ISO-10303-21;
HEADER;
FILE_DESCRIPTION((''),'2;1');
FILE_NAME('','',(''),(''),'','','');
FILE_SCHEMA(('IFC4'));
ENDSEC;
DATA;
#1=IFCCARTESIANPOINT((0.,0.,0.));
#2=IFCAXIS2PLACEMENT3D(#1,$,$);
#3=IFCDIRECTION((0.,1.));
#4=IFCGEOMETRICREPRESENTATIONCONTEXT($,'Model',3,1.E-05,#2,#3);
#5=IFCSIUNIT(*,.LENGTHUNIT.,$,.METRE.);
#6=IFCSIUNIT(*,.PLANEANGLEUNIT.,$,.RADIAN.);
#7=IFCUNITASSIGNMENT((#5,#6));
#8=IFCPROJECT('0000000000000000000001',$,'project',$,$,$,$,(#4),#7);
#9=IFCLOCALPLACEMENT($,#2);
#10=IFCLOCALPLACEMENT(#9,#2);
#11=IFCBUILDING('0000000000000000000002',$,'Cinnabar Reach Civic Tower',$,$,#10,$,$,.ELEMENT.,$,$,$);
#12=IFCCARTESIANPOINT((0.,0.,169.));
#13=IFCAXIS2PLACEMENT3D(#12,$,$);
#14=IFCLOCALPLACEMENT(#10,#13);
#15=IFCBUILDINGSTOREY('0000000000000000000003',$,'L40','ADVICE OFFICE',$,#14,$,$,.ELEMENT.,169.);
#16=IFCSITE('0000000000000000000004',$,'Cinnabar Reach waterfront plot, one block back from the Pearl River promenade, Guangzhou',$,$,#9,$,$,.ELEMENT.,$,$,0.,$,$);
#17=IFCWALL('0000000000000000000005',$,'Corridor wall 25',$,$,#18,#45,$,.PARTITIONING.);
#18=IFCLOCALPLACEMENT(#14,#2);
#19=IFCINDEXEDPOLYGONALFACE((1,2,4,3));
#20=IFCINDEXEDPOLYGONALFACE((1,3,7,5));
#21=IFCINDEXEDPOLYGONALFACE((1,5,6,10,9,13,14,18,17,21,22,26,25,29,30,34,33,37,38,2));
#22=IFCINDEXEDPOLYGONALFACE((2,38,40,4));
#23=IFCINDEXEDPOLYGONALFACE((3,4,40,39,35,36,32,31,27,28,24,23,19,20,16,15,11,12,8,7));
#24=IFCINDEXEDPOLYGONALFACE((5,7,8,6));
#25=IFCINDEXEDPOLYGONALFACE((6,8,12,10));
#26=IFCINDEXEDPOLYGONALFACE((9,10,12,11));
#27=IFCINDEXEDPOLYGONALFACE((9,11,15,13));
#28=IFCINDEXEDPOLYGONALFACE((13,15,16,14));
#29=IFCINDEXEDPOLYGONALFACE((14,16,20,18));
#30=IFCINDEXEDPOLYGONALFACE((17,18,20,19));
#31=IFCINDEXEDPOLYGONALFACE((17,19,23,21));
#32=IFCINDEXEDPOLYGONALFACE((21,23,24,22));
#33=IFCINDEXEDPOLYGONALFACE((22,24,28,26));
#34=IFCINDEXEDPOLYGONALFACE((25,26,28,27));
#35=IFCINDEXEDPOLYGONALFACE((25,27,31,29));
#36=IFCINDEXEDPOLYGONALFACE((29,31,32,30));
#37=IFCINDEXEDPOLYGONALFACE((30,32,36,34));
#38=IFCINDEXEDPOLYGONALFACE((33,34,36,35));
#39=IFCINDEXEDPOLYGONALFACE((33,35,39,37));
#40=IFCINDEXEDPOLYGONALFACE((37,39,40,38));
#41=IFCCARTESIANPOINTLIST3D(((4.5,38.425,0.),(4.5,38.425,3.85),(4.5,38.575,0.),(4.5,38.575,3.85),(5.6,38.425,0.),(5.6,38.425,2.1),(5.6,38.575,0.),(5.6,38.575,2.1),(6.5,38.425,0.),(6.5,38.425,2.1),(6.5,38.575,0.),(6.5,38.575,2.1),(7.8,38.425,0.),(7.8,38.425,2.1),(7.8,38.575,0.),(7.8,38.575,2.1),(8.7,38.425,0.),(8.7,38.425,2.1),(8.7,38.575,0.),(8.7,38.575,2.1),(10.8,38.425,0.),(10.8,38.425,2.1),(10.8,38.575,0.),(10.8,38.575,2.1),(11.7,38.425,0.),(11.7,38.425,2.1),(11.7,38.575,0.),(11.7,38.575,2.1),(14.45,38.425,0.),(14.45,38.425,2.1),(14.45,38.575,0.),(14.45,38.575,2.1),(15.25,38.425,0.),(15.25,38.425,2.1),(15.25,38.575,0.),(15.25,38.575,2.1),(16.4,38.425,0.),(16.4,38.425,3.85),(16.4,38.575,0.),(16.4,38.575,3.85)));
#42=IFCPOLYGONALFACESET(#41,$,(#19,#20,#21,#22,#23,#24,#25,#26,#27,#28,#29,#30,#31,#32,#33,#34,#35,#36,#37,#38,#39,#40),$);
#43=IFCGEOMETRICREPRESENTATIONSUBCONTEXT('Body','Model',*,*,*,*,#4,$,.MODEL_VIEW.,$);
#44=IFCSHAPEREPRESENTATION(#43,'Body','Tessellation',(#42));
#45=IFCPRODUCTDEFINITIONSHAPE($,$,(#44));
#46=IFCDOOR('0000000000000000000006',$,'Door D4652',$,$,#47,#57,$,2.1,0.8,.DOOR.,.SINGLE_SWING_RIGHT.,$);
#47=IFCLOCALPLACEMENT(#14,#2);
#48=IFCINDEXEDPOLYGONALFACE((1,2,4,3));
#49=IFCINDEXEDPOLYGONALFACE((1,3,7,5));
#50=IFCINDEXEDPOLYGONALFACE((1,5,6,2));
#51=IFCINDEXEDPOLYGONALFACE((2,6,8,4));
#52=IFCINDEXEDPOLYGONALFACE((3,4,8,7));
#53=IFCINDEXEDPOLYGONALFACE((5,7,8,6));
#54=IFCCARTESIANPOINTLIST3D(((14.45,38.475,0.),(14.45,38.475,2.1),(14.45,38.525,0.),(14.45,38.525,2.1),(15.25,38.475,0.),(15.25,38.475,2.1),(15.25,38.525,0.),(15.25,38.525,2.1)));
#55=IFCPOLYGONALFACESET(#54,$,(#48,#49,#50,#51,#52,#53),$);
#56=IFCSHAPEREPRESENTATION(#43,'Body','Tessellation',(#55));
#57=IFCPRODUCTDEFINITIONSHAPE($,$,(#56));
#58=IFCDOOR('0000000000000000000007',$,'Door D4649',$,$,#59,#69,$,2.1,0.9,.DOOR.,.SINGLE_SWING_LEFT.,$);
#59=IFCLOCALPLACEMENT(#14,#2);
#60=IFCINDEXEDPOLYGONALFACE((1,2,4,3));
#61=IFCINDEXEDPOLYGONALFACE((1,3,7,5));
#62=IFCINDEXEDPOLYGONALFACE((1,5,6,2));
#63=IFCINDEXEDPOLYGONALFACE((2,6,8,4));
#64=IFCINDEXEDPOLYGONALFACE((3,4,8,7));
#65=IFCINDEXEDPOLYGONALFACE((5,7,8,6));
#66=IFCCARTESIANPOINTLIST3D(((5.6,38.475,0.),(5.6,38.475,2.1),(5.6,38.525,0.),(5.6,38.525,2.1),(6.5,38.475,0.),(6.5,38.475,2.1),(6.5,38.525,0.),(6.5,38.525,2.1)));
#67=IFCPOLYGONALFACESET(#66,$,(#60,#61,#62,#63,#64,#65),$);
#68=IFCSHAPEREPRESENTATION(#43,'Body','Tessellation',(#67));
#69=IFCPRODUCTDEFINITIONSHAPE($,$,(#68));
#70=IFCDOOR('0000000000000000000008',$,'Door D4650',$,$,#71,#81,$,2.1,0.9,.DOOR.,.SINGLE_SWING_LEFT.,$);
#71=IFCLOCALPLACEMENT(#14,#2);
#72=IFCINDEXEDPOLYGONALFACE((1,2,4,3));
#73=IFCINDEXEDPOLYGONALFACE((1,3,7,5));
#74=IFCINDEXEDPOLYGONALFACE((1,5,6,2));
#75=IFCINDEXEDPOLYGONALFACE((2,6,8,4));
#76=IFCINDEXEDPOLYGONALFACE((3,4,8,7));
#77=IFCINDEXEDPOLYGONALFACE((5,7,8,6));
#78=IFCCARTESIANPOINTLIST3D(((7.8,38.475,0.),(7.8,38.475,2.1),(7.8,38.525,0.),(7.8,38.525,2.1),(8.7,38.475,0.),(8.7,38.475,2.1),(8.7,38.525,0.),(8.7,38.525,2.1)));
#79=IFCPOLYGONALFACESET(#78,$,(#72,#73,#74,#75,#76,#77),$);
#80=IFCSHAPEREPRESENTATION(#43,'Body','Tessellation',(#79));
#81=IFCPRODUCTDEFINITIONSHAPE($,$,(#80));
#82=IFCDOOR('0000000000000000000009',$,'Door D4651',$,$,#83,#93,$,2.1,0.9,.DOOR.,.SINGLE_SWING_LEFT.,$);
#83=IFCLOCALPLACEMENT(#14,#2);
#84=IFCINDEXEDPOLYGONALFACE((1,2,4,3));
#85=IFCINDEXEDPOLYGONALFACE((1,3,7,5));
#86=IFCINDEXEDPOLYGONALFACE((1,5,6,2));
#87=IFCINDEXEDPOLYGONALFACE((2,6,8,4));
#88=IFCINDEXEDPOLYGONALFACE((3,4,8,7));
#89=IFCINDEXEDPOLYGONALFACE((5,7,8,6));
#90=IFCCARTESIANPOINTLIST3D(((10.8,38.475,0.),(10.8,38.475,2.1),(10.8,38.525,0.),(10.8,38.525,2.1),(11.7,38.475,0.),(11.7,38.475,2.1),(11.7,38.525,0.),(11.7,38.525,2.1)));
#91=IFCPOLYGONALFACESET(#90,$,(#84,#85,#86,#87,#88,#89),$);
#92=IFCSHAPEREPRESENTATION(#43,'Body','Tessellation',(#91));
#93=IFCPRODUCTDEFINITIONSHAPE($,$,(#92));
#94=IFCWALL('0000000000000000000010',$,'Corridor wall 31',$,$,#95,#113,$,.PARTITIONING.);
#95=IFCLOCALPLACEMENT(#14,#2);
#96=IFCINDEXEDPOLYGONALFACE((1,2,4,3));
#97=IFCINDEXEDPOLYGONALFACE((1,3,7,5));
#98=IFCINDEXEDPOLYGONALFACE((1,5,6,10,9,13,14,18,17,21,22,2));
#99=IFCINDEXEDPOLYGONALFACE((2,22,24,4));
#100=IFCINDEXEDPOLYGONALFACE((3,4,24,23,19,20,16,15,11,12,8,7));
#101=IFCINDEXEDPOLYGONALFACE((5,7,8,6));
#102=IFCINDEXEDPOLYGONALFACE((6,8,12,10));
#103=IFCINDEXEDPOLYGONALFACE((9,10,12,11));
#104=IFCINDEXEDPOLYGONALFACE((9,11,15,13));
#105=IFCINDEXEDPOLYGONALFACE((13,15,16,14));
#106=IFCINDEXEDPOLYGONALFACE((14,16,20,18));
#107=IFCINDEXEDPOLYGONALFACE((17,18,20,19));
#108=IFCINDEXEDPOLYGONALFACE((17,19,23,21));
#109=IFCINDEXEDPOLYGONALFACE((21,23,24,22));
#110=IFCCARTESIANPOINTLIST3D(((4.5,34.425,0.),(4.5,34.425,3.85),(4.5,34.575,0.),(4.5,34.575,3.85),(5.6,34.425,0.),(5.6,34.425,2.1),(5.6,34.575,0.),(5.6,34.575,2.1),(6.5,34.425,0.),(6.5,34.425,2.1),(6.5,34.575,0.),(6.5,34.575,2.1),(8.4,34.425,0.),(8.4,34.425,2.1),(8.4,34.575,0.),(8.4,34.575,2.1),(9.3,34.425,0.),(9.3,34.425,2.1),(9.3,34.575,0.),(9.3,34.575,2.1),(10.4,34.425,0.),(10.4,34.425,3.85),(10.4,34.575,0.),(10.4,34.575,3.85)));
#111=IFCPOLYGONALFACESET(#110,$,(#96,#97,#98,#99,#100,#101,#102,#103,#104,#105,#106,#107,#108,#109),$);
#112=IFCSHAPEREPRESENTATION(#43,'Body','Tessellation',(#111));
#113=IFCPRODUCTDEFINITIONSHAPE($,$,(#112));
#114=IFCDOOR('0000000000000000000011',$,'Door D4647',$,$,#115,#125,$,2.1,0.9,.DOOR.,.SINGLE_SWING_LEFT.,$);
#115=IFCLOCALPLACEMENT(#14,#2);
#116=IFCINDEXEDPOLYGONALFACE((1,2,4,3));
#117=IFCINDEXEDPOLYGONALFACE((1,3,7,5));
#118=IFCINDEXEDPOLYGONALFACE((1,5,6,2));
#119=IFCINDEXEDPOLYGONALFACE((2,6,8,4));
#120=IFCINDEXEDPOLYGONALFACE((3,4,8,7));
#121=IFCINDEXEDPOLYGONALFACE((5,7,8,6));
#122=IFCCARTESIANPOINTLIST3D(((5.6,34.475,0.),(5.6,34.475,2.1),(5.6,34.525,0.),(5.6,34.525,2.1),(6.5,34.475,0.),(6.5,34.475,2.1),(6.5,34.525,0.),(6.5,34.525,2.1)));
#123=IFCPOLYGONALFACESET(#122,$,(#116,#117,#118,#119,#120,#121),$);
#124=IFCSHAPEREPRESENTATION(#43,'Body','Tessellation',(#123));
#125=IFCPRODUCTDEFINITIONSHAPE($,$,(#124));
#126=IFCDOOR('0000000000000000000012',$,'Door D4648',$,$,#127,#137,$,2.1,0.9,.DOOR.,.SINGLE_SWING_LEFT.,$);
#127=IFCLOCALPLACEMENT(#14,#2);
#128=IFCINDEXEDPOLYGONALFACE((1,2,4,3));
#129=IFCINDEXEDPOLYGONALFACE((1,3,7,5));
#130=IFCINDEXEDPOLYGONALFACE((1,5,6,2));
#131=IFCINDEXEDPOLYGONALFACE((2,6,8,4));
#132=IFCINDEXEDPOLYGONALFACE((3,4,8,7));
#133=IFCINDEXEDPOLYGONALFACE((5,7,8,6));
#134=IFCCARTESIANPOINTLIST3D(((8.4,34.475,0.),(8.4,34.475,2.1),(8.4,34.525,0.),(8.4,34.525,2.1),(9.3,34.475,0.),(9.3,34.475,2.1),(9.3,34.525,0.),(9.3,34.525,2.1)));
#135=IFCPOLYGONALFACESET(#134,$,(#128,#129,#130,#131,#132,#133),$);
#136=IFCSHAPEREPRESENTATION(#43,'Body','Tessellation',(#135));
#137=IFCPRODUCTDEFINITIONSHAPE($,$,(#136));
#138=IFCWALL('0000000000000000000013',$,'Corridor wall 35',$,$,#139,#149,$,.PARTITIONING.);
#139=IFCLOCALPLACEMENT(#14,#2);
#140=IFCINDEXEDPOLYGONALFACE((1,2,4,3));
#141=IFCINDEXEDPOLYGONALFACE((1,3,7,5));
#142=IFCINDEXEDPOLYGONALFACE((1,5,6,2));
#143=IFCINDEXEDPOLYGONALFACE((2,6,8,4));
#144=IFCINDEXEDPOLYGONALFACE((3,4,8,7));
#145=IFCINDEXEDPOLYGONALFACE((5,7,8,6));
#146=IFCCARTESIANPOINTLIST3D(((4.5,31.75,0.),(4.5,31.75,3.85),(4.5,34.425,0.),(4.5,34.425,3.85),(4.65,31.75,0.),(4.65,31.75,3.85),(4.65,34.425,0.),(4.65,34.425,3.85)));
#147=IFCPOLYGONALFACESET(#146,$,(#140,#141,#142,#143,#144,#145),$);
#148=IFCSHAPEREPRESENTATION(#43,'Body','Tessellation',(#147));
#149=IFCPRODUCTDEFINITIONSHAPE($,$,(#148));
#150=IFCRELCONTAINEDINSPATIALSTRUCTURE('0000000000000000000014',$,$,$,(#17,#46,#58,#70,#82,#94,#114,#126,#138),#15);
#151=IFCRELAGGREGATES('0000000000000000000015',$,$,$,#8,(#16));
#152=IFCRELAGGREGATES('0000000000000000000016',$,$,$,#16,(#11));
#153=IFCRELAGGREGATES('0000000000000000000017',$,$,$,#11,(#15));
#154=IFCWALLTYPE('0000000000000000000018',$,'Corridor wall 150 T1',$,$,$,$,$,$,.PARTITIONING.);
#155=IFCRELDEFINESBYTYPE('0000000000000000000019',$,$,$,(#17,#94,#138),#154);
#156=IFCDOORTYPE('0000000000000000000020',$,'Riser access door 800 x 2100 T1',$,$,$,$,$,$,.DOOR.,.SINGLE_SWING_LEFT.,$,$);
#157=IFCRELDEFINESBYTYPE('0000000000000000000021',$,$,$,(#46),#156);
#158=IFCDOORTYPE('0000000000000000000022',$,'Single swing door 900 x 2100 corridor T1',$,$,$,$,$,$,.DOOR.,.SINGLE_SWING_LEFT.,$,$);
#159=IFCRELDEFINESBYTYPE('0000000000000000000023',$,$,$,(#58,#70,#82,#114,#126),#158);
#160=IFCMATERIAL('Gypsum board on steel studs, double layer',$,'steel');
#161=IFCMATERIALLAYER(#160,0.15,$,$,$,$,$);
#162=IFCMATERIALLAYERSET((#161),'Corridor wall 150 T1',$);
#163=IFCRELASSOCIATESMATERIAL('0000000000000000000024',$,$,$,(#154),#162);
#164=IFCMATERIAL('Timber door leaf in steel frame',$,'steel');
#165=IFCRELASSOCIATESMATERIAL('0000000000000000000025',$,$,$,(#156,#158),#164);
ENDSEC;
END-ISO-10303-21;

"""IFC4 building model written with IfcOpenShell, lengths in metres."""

from ifc_helpers import new_model, si_unit, direction, frame, frame_2d, origin, place, context, subcontext, project, spatial, rectangle, extrude, material, layer, layer_set, type_object, element, fill, save


model = new_model("IFC4")

# Units and contexts
model_context = context("Model", 3, precision=1e-05, world=origin(), true_north=direction((0.0, 1.0)))
body_context = subcontext(model_context, "Body", "Model", "MODEL_VIEW")
ifc_project = project(units=[si_unit("LENGTHUNIT", "METRE"), si_unit("PLANEANGLEUNIT", "RADIAN")], contexts=[model_context])

# Site, building, storey
site_placement = place(None, origin())
site = spatial("IfcSite", under=ifc_project, at=site_placement, Name="Cinnabar Reach waterfront plot, one block back from the Pearl River promenade, Guangzhou", CompositionType="ELEMENT", RefElevation=0.0)
building_placement = place(site_placement, origin())
building = spatial("IfcBuilding", under=site, at=building_placement, Name="Cinnabar Reach Civic Tower", CompositionType="ELEMENT")
storey_placement = place(building_placement, frame((0.0, 0.0, 169.0)))
storey = spatial("IfcBuildingStorey", under=building, at=storey_placement, Name="L40", Description="ADVICE OFFICE", CompositionType="ELEMENT", Elevation=169.0)

# Shared definitions
ifc_material_1 = material(Name="Timber door leaf in steel frame", Category="steel")

# Walls, openings, doors
ifc_material_2 = material(Name="Gypsum board on steel studs, double layer", Category="steel")
ifc_layer_1 = layer(ifc_material_2, 0.15)
ifc_layer_set_1 = layer_set([ifc_layer_1], Name="Corridor wall 150 T1")
wall_type_1 = type_object("IfcWallType", Name="Corridor wall 150 T1", PredefinedType="PARTITIONING", material=ifc_layer_set_1)
wall_1_placement = place(storey_placement, frame((4.5, 38.5, 0.0), z_axis=(0.0, 0.0, 1.0), x_axis=(1.0, 0.0, 0.0)))
wall_1 = element("IfcWall", 1, at=wall_1_placement, inside=storey, type_object=wall_type_1, Name="Corridor wall 25", PredefinedType="PARTITIONING", context=body_context, shape_type="SweptSolid", body=[
    extrude(rectangle(XDim=11.9, YDim=0.15, at=frame_2d((5.95, 0.0))), origin(), (0.0, 0.0, 1.0), 3.85),
])
opening_1_placement = place(wall_1_placement, frame((1.1, 0.0, 0.0)))
opening_1 = element("IfcOpeningElement", 2, at=opening_1_placement, cuts=wall_1, PredefinedType="OPENING", context=body_context, shape_type="SweptSolid", body=[
    extrude(rectangle(XDim=0.9, YDim=2.1, at=frame_2d((0.45, 1.05))), frame((0.0, 0.085, 0.0), z_axis=(0.0, -1.0, 0.0), x_axis=(1.0, 0.0, 0.0)), (0.0, 0.0, 1.0), 0.17),
])
opening_2_placement = place(wall_1_placement, frame((3.3, 0.0, 0.0)))
opening_2 = element("IfcOpeningElement", 3, at=opening_2_placement, cuts=wall_1, PredefinedType="OPENING", context=body_context, shape_type="SweptSolid", body=[
    extrude(rectangle(XDim=0.9, YDim=2.1, at=frame_2d((0.45, 1.05))), frame((0.0, 0.085, 0.0), z_axis=(0.0, -1.0, 0.0), x_axis=(1.0, 0.0, 0.0)), (0.0, 0.0, 1.0), 0.17),
])
opening_3_placement = place(wall_1_placement, frame((6.3, 0.0, 0.0)))
opening_3 = element("IfcOpeningElement", 4, at=opening_3_placement, cuts=wall_1, PredefinedType="OPENING", context=body_context, shape_type="SweptSolid", body=[
    extrude(rectangle(XDim=0.9, YDim=2.1, at=frame_2d((0.45, 1.05))), frame((0.0, 0.085, 0.0), z_axis=(0.0, -1.0, 0.0), x_axis=(1.0, 0.0, 0.0)), (0.0, 0.0, 1.0), 0.17),
])
opening_4_placement = place(wall_1_placement, frame((9.95, 0.0, 0.0)))
opening_4 = element("IfcOpeningElement", 5, at=opening_4_placement, cuts=wall_1, PredefinedType="OPENING", context=body_context, shape_type="SweptSolid", body=[
    extrude(rectangle(XDim=0.8, YDim=2.1, at=frame_2d((0.4, 1.05))), frame((0.0, 0.085, 0.0), z_axis=(0.0, -1.0, 0.0), x_axis=(1.0, 0.0, 0.0)), (0.0, 0.0, 1.0), 0.17),
])
door_type_1 = type_object("IfcDoorType", Name="Riser access door 800 x 2100 T1", OperationType="SINGLE_SWING_LEFT", PredefinedType="DOOR", material=ifc_material_1)
door_1_placement = place(opening_4_placement, origin())
door_1 = element("IfcDoor", 6, at=door_1_placement, inside=storey, type_object=door_type_1, Name="Door D4652", OperationType="SINGLE_SWING_RIGHT", OverallHeight=2.1, OverallWidth=0.8, PredefinedType="DOOR", context=body_context, shape_type="SweptSolid", body=[
    extrude(rectangle(XDim=0.8, YDim=2.1, at=frame_2d((0.4, 1.05))), frame((0.0, 0.025, 0.0), z_axis=(0.0, -1.0, 0.0), x_axis=(1.0, 0.0, 0.0)), (0.0, 0.0, 1.0), 0.05),
])
fill(opening_4, door_1)
door_type_2 = type_object("IfcDoorType", Name="Single swing door 900 x 2100 corridor T1", OperationType="SINGLE_SWING_LEFT", PredefinedType="DOOR", material=ifc_material_1)
door_2_placement = place(opening_1_placement, origin())
door_2 = element("IfcDoor", 7, at=door_2_placement, inside=storey, type_object=door_type_2, Name="Door D4649", OperationType="SINGLE_SWING_LEFT", OverallHeight=2.1, OverallWidth=0.9, PredefinedType="DOOR", context=body_context, shape_type="SweptSolid", body=[
    extrude(rectangle(XDim=0.9, YDim=2.1, at=frame_2d((0.45, 1.05))), frame((0.0, 0.025, 0.0), z_axis=(0.0, -1.0, 0.0), x_axis=(1.0, 0.0, 0.0)), (0.0, 0.0, 1.0), 0.05),
])
fill(opening_1, door_2)
door_3_placement = place(opening_2_placement, origin())
door_3 = element("IfcDoor", 8, at=door_3_placement, inside=storey, type_object=door_type_2, Name="Door D4650", OperationType="SINGLE_SWING_LEFT", OverallHeight=2.1, OverallWidth=0.9, PredefinedType="DOOR", context=body_context, shape_type="SweptSolid", body=[
    extrude(rectangle(XDim=0.9, YDim=2.1, at=frame_2d((0.45, 1.05))), frame((0.0, 0.025, 0.0), z_axis=(0.0, -1.0, 0.0), x_axis=(1.0, 0.0, 0.0)), (0.0, 0.0, 1.0), 0.05),
])
fill(opening_2, door_3)
door_4_placement = place(opening_3_placement, origin())
door_4 = element("IfcDoor", 9, at=door_4_placement, inside=storey, type_object=door_type_2, Name="Door D4651", OperationType="SINGLE_SWING_LEFT", OverallHeight=2.1, OverallWidth=0.9, PredefinedType="DOOR", context=body_context, shape_type="SweptSolid", body=[
    extrude(rectangle(XDim=0.9, YDim=2.1, at=frame_2d((0.45, 1.05))), frame((0.0, 0.025, 0.0), z_axis=(0.0, -1.0, 0.0), x_axis=(1.0, 0.0, 0.0)), (0.0, 0.0, 1.0), 0.05),
])
fill(opening_3, door_4)
wall_2_placement = place(storey_placement, frame((4.5, 34.5, 0.0), z_axis=(0.0, 0.0, 1.0), x_axis=(1.0, 0.0, 0.0)))
wall_2 = element("IfcWall", 10, at=wall_2_placement, inside=storey, type_object=wall_type_1, Name="Corridor wall 31", PredefinedType="PARTITIONING", context=body_context, shape_type="SweptSolid", body=[
    extrude(rectangle(XDim=5.9, YDim=0.15, at=frame_2d((2.95, 0.0))), origin(), (0.0, 0.0, 1.0), 3.85),
])
opening_5_placement = place(wall_2_placement, frame((1.1, 0.0, 0.0)))
opening_5 = element("IfcOpeningElement", 11, at=opening_5_placement, cuts=wall_2, PredefinedType="OPENING", context=body_context, shape_type="SweptSolid", body=[
    extrude(rectangle(XDim=0.9, YDim=2.1, at=frame_2d((0.45, 1.05))), frame((0.0, 0.085, 0.0), z_axis=(0.0, -1.0, 0.0), x_axis=(1.0, 0.0, 0.0)), (0.0, 0.0, 1.0), 0.17),
])
opening_6_placement = place(wall_2_placement, frame((3.9, 0.0, 0.0)))
opening_6 = element("IfcOpeningElement", 12, at=opening_6_placement, cuts=wall_2, PredefinedType="OPENING", context=body_context, shape_type="SweptSolid", body=[
    extrude(rectangle(XDim=0.9, YDim=2.1, at=frame_2d((0.45, 1.05))), frame((0.0, 0.085, 0.0), z_axis=(0.0, -1.0, 0.0), x_axis=(1.0, 0.0, 0.0)), (0.0, 0.0, 1.0), 0.17),
])
door_5_placement = place(opening_5_placement, frame((0.9, 0.0, 0.0), z_axis=(0.0, 0.0, 1.0), x_axis=(-1.0, 0.0, 0.0)))
door_5 = element("IfcDoor", 13, at=door_5_placement, inside=storey, type_object=door_type_2, Name="Door D4647", OperationType="SINGLE_SWING_LEFT", OverallHeight=2.1, OverallWidth=0.9, PredefinedType="DOOR", context=body_context, shape_type="SweptSolid", body=[
    extrude(rectangle(XDim=0.9, YDim=2.1, at=frame_2d((0.45, 1.05))), frame((0.0, 0.025, 0.0), z_axis=(0.0, -1.0, 0.0), x_axis=(1.0, 0.0, 0.0)), (0.0, 0.0, 1.0), 0.05),
])
fill(opening_5, door_5)
door_6_placement = place(opening_6_placement, frame((0.9, 0.0, 0.0), z_axis=(0.0, 0.0, 1.0), x_axis=(-1.0, 0.0, 0.0)))
door_6 = element("IfcDoor", 14, at=door_6_placement, inside=storey, type_object=door_type_2, Name="Door D4648", OperationType="SINGLE_SWING_LEFT", OverallHeight=2.1, OverallWidth=0.9, PredefinedType="DOOR", context=body_context, shape_type="SweptSolid", body=[
    extrude(rectangle(XDim=0.9, YDim=2.1, at=frame_2d((0.45, 1.05))), frame((0.0, 0.025, 0.0), z_axis=(0.0, -1.0, 0.0), x_axis=(1.0, 0.0, 0.0)), (0.0, 0.0, 1.0), 0.05),
])
fill(opening_6, door_6)

# Wall
wall_3_placement = place(storey_placement, frame((4.575, 31.75, 0.0), z_axis=(0.0, 0.0, 1.0), x_axis=(0.0, 1.0, 0.0)))
element("IfcWall", 15, at=wall_3_placement, inside=storey, type_object=wall_type_1, Name="Corridor wall 35", PredefinedType="PARTITIONING", context=body_context, shape_type="SweptSolid", body=[
    extrude(rectangle(XDim=2.675, YDim=0.15, at=frame_2d((1.3375, 0.0))), origin(), (0.0, 0.0, 1.0), 3.85),
])

save(model, "model.ifc")
